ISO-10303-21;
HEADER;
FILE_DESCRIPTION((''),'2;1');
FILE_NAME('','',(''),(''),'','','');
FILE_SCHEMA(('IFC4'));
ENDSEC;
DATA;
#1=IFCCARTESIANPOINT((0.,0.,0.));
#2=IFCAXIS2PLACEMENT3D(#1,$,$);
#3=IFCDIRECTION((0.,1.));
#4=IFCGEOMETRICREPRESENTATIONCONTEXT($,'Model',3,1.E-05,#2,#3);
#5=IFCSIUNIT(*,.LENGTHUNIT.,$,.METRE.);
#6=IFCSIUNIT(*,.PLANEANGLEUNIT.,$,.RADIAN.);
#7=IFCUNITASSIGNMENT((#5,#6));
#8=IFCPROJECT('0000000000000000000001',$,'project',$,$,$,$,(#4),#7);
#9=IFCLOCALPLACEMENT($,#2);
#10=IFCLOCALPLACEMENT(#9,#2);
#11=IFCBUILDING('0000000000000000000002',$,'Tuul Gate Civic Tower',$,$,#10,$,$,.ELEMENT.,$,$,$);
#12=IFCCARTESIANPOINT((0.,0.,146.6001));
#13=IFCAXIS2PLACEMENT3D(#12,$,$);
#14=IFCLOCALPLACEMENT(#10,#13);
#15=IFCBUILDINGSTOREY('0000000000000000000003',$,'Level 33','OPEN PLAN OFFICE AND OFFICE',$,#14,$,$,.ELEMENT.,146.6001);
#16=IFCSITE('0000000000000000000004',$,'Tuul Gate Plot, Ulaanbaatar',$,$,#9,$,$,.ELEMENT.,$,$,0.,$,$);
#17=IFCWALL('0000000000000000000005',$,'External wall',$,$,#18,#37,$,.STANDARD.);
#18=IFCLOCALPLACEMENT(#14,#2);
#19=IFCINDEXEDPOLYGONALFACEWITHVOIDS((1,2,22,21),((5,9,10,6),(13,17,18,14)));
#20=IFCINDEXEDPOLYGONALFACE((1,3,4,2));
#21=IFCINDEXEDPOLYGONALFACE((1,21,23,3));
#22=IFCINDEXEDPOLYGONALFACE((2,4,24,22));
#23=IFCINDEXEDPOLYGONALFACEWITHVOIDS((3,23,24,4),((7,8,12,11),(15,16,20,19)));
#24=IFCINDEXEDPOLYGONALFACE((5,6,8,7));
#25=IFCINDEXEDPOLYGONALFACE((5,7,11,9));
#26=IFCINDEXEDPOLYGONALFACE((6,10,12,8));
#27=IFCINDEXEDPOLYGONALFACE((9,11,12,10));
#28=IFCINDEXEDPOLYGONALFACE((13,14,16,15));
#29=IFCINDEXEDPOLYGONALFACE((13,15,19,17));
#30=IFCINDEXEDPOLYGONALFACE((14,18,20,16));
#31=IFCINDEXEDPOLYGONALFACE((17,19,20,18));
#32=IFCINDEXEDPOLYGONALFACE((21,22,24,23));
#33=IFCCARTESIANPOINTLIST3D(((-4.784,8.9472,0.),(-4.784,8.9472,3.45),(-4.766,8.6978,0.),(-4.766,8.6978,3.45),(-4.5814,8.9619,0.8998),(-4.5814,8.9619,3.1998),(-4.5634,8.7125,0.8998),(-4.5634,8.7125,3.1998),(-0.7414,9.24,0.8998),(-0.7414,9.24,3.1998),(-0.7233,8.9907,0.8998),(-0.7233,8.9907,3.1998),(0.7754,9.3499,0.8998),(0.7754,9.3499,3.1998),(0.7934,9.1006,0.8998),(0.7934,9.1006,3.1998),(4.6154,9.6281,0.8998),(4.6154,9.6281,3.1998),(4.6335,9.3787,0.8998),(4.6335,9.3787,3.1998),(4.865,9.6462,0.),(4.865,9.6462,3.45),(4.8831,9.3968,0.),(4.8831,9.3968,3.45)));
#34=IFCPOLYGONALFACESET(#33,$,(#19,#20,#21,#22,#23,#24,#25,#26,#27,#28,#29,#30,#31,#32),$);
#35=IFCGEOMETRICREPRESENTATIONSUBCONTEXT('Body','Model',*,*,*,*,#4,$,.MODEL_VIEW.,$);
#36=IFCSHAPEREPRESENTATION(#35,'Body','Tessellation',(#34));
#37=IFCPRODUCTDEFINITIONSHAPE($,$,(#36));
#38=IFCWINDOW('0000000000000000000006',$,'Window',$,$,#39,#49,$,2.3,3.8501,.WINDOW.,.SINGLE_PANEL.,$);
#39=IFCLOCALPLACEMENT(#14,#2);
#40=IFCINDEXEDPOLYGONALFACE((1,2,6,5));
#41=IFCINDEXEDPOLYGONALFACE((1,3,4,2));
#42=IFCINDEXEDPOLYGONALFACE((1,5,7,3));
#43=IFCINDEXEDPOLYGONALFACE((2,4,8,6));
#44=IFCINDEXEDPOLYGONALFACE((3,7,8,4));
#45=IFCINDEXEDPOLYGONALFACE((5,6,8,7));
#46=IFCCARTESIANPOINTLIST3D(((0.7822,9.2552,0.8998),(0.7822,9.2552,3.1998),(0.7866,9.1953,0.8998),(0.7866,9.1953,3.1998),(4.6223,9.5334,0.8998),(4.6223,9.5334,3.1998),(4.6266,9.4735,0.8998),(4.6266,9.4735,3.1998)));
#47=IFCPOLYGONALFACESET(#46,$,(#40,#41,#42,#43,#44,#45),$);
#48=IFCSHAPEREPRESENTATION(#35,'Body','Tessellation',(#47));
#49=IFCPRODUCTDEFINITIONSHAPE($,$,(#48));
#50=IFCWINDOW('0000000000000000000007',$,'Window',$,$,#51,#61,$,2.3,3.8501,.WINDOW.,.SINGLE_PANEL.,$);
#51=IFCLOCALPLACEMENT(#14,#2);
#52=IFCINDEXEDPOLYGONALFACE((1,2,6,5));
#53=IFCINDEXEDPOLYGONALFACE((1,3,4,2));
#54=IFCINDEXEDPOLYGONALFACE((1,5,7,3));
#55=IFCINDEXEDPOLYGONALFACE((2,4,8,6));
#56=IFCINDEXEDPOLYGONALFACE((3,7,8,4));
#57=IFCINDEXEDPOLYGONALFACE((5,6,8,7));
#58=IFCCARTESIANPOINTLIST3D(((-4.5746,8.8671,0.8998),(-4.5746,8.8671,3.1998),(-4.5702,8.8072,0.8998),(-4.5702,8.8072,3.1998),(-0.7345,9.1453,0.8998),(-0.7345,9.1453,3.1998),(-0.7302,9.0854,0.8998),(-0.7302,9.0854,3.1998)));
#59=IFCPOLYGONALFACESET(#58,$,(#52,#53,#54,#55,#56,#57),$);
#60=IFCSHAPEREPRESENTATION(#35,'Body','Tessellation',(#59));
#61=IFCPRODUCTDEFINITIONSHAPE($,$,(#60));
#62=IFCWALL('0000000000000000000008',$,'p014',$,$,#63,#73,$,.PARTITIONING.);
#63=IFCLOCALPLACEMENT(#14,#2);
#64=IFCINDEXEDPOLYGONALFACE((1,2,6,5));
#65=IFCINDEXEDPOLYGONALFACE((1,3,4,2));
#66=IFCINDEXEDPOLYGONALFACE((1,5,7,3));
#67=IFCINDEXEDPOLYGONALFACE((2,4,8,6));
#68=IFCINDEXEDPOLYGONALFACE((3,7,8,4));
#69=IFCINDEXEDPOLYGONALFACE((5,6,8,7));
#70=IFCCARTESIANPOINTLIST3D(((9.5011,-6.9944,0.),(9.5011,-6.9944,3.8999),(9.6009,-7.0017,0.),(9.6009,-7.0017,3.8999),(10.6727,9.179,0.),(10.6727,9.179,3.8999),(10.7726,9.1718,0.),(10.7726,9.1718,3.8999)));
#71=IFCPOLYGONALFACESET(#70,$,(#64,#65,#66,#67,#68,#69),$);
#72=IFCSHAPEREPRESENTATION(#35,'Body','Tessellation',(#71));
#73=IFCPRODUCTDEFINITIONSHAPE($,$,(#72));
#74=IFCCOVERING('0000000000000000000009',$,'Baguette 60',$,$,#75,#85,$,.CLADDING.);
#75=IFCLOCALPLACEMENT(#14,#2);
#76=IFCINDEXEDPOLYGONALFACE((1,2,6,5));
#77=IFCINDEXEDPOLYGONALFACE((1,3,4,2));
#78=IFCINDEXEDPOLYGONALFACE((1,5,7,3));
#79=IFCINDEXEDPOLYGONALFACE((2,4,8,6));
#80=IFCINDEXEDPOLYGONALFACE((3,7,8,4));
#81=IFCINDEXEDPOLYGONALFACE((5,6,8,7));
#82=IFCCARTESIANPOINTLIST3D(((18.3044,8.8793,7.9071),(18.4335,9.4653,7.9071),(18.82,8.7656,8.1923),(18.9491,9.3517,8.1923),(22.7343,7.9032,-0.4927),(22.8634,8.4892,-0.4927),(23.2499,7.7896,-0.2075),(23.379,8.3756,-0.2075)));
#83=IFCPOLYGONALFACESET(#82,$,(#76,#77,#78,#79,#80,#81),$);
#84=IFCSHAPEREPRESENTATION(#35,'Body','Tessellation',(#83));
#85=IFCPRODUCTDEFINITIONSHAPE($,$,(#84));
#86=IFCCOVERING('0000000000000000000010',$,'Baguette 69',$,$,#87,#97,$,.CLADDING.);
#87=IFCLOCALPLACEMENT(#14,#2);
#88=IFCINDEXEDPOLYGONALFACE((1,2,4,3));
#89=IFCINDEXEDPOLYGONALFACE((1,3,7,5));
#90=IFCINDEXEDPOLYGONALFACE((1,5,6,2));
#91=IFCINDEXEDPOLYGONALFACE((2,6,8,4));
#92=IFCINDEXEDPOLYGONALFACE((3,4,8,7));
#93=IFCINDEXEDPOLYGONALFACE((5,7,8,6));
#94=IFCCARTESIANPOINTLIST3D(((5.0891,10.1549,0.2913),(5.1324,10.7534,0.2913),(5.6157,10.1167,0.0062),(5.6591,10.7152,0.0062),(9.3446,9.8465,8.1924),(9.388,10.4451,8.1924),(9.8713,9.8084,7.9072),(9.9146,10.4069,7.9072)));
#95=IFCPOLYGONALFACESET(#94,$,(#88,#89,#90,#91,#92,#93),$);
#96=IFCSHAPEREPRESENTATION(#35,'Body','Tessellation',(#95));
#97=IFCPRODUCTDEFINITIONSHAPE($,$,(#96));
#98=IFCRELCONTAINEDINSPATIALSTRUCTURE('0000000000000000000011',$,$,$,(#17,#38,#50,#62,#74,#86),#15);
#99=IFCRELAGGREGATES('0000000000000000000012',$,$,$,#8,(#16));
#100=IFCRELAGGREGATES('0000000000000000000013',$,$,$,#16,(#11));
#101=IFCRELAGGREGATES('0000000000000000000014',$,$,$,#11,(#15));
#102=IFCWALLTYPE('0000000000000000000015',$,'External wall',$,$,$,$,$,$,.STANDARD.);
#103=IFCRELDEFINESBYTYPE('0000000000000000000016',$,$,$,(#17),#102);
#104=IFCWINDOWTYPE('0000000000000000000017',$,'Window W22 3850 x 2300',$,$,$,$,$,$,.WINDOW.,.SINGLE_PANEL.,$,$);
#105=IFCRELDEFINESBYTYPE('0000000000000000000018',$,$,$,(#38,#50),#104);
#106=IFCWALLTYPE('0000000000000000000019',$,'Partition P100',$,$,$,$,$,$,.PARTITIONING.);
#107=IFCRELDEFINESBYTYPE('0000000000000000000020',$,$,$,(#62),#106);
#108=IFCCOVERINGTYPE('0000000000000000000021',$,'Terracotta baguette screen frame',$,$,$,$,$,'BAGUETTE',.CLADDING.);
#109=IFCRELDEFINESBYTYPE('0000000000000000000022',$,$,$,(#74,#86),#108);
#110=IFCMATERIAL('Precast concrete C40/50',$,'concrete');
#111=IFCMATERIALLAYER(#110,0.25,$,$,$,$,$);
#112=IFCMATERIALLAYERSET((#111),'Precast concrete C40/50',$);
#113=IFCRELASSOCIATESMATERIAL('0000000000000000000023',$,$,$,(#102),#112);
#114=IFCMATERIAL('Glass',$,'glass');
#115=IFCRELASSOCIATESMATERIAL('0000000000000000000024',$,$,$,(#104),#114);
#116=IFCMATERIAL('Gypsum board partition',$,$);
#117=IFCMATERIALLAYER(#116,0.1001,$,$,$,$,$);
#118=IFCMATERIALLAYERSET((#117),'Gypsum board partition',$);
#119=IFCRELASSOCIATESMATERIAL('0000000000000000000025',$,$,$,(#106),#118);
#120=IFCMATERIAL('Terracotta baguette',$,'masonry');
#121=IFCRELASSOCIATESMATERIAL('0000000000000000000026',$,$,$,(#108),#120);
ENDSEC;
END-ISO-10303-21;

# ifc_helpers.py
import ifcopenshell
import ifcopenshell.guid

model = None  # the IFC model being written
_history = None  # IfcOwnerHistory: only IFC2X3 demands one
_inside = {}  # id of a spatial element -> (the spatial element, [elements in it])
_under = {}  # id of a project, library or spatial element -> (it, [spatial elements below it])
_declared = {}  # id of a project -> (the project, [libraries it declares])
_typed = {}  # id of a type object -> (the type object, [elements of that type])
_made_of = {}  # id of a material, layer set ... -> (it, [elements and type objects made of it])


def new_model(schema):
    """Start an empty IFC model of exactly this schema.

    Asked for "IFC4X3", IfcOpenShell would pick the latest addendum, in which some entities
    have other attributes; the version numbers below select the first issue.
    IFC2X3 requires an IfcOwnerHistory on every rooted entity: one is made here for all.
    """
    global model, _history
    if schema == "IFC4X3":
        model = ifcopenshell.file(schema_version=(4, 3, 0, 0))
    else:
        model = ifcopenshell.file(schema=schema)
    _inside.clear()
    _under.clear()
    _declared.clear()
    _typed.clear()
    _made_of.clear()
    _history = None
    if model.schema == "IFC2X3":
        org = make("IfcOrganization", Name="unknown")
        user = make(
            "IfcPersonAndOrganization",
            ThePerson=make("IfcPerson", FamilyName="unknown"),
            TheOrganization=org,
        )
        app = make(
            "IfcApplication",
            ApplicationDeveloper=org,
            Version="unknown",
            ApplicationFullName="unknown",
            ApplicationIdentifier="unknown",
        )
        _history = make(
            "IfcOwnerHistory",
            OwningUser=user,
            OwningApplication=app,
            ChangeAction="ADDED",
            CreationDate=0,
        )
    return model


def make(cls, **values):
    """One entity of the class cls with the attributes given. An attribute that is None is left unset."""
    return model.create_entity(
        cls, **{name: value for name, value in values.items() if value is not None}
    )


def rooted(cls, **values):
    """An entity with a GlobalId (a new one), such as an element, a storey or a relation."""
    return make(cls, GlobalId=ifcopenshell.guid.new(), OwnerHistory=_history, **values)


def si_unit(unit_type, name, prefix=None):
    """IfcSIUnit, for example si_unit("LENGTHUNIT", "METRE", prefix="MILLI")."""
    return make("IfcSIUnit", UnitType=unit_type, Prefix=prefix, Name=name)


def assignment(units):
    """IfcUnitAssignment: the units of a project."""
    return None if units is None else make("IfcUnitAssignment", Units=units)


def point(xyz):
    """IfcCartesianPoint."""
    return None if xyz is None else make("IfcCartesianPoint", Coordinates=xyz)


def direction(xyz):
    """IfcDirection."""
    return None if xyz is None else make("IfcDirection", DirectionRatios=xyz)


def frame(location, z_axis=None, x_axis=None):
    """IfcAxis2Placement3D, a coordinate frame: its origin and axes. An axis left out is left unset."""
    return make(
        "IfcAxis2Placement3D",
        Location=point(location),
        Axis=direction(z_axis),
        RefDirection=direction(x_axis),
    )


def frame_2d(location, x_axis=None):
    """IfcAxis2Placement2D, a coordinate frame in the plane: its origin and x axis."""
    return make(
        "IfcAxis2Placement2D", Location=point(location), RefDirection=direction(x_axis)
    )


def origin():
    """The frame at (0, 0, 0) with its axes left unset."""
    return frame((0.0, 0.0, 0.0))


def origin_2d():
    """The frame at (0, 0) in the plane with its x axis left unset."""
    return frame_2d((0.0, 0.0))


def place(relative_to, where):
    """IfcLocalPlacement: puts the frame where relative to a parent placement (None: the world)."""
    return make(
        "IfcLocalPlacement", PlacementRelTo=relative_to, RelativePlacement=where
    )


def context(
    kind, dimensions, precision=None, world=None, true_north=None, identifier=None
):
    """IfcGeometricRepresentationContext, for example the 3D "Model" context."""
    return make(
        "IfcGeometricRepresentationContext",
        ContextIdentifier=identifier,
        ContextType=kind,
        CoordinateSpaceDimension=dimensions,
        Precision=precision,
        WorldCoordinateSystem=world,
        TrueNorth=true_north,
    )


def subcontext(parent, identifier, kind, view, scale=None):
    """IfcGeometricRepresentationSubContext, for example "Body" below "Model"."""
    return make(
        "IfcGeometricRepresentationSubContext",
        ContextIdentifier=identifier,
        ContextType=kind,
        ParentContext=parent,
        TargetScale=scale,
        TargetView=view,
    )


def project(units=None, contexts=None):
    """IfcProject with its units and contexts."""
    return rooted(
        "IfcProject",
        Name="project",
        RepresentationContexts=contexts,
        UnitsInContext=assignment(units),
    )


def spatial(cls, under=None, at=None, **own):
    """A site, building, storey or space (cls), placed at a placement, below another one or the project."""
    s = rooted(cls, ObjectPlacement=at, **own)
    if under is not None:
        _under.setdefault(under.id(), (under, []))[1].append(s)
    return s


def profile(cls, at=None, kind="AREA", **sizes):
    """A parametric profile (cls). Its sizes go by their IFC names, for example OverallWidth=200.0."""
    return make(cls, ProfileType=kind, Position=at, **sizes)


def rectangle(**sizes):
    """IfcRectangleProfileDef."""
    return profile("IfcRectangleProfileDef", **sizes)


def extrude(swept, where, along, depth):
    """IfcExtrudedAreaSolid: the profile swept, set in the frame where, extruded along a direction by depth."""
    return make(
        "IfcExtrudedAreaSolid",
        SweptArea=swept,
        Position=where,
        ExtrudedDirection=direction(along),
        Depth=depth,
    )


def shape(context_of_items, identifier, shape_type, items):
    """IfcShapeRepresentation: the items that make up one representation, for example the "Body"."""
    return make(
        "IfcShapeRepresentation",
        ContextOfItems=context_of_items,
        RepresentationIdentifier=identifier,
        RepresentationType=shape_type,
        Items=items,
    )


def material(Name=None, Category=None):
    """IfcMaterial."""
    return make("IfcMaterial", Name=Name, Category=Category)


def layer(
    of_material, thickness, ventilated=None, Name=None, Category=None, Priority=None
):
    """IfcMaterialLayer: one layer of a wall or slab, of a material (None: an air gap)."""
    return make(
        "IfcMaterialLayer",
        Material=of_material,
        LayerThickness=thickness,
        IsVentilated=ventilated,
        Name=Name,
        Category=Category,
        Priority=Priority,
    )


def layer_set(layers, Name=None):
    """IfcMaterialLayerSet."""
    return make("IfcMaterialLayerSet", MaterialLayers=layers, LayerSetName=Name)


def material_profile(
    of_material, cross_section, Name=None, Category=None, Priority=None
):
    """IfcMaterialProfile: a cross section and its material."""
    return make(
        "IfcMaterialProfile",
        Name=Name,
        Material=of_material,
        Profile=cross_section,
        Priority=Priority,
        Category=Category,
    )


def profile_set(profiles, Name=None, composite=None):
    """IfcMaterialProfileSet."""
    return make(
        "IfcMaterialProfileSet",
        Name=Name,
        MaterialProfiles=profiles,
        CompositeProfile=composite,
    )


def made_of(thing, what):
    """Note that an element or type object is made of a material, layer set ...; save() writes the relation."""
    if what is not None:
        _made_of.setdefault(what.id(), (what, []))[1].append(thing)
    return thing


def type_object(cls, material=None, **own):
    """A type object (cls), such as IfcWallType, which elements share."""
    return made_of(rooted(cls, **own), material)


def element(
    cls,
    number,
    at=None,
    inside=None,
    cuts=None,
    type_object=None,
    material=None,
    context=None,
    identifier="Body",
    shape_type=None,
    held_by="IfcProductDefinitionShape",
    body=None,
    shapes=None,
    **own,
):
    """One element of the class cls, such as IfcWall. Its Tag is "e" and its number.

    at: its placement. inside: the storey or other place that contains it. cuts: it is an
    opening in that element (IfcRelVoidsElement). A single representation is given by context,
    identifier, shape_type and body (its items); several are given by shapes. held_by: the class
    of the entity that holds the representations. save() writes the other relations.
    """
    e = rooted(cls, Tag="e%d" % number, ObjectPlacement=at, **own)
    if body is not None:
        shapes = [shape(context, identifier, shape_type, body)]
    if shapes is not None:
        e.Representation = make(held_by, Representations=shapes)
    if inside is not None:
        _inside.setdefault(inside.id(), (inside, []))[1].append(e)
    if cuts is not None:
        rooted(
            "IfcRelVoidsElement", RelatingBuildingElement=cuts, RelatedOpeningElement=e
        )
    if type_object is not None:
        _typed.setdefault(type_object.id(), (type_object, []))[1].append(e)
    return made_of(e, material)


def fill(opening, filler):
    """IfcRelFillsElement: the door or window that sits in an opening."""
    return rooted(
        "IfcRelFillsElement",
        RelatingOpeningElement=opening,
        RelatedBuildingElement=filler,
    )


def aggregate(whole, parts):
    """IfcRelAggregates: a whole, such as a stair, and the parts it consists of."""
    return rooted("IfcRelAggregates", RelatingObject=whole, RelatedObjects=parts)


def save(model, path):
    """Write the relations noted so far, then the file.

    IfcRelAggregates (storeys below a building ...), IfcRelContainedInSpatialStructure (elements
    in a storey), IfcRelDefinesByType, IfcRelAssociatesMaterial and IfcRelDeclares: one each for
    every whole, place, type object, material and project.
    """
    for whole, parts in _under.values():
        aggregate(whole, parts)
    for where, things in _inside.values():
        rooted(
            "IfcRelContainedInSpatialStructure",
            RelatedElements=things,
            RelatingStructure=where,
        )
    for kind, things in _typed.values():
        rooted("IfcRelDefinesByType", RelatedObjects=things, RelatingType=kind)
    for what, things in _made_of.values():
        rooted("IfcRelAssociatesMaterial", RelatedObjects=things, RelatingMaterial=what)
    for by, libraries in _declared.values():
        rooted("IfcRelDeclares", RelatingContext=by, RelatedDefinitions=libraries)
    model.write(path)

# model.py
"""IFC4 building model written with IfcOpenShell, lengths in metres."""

from ifc_helpers import new_model, si_unit, direction, frame, frame_2d, origin, origin_2d, place, context, subcontext, project, spatial, rectangle, extrude, material, layer, layer_set, material_profile, profile_set, type_object, element, fill, save


model = new_model("IFC4")

# Units and contexts
model_context = context("Model", 3, precision=1e-05, world=origin(), true_north=direction((0.0, 1.0)))
body_context = subcontext(model_context, "Body", "Model", "MODEL_VIEW")
ifc_project = project(units=[si_unit("LENGTHUNIT", "METRE"), si_unit("PLANEANGLEUNIT", "RADIAN")], contexts=[model_context])

# Site, building, storey
site_placement = place(None, origin())
site = spatial("IfcSite", under=ifc_project, at=site_placement, Name="Tuul Gate Plot, Ulaanbaatar", CompositionType="ELEMENT", RefElevation=0.0)
building_placement = place(site_placement, origin())
building = spatial("IfcBuilding", under=site, at=building_placement, Name="Tuul Gate Civic Tower", CompositionType="ELEMENT")
storey_placement = place(building_placement, frame((0.0, 0.0, 146.6001)))
storey = spatial("IfcBuildingStorey", under=building, at=storey_placement, Name="Level 33", Description="OPEN PLAN OFFICE AND OFFICE", CompositionType="ELEMENT", Elevation=146.6001)

# Wall, openings, windows
ifc_material_1 = material(Name="Precast concrete C40/50", Category="concrete")
ifc_layer_1 = layer(ifc_material_1, 0.25)
ifc_layer_set_1 = layer_set([ifc_layer_1], Name="Precast concrete C40/50")
wall_type_1 = type_object("IfcWallType", Name="External wall", PredefinedType="STANDARD", material=ifc_layer_set_1)
ifc_material_2 = material(Name="Glass", Category="glass")
window_type = type_object("IfcWindowType", Name="Window W22 3850 x 2300", PartitioningType="SINGLE_PANEL", PredefinedType="WINDOW", material=ifc_material_2)
wall_1_placement = place(storey_placement, frame((4.874, 9.5215, 0.0), z_axis=(0.0, 0.0, 1.0), x_axis=(-0.997386, -0.072251, 0.0)))
wall_1 = element("IfcWall", 1, at=wall_1_placement, inside=storey, type_object=wall_type_1, Name="External wall", PredefinedType="STANDARD", context=body_context, shape_type="SweptSolid", body=[
    extrude(rectangle(XDim=9.6743, YDim=0.25, at=frame_2d((4.8372, 0.0))), origin(), (0.0, 0.0, 1.0), 3.45),
])
opening_1_placement = place(wall_1_placement, frame((0.2502, 0.0, 0.8999)))
opening_1 = element("IfcOpeningElement", 2, at=opening_1_placement, cuts=wall_1, PredefinedType="OPENING", context=body_context, shape_type="SweptSolid", body=[
    extrude(rectangle(XDim=3.8501, YDim=2.3, at=frame_2d((1.925, 1.1499))), frame((0.0, 0.135, 0.0), z_axis=(0.0, -1.0, 0.0), x_axis=(1.0, 0.0, 0.0)), (0.0, 0.0, 1.0), 0.27),
])
opening_2_placement = place(wall_1_placement, frame((5.6211, 0.0, 0.8999)))
opening_2 = element("IfcOpeningElement", 3, at=opening_2_placement, cuts=wall_1, PredefinedType="OPENING", context=body_context, shape_type="SweptSolid", body=[
    extrude(rectangle(XDim=3.8501, YDim=2.3, at=frame_2d((1.925, 1.1499))), frame((0.0, 0.135, 0.0), z_axis=(0.0, -1.0, 0.0), x_axis=(1.0, 0.0, 0.0)), (0.0, 0.0, 1.0), 0.27),
])
window_1_placement = place(opening_1_placement, origin())
window_1 = element("IfcWindow", 4, at=window_1_placement, inside=storey, type_object=window_type, Name="Window", OverallHeight=2.3, OverallWidth=3.8501, PartitioningType="SINGLE_PANEL", PredefinedType="WINDOW", context=body_context, shape_type="SweptSolid", body=[
    extrude(rectangle(XDim=3.8501, YDim=2.3, at=frame_2d((1.925, 1.1499))), frame((0.0, 0.03, 0.0), z_axis=(0.0, -1.0, 0.0), x_axis=(1.0, 0.0, 0.0)), (0.0, 0.0, 1.0), 0.0601),
])
fill(opening_1, window_1)
window_2_placement = place(opening_2_placement, origin())
window_2 = element("IfcWindow", 5, at=window_2_placement, inside=storey, type_object=window_type, Name="Window", OverallHeight=2.3, OverallWidth=3.8501, PartitioningType="SINGLE_PANEL", PredefinedType="WINDOW", context=body_context, shape_type="SweptSolid", body=[
    extrude(rectangle(XDim=3.8501, YDim=2.3, at=frame_2d((1.925, 1.1499))), frame((0.0, 0.03, 0.0), z_axis=(0.0, -1.0, 0.0), x_axis=(1.0, 0.0, 0.0)), (0.0, 0.0, 1.0), 0.0601),
])
fill(opening_2, window_2)

# Wall
ifc_material_3 = material(Name="Gypsum board partition")
ifc_layer_2 = layer(ifc_material_3, 0.1001)
ifc_layer_set_2 = layer_set([ifc_layer_2], Name="Gypsum board partition")
wall_type_2 = type_object("IfcWallType", Name="Partition P100", PredefinedType="PARTITIONING", material=ifc_layer_set_2)
wall_2_placement = place(storey_placement, frame((9.551, -6.998, 0.0), z_axis=(0.0, 0.0, 1.0), x_axis=(0.072253, 0.997386, 0.0)))
element("IfcWall", 6, at=wall_2_placement, inside=storey, type_object=wall_type_2, Name="p014", PredefinedType="PARTITIONING", context=body_context, shape_type="SweptSolid", body=[
    extrude(rectangle(XDim=16.2158, YDim=0.1001, at=frame_2d((8.1079, 0.0))), origin(), (0.0, 0.0, 1.0), 3.8999),
])

# Coverings
ifc_material_4 = material(Name="Terracotta baguette", Category="masonry")
ifc_material_profile_1 = material_profile(ifc_material_4, rectangle(XDim=0.6001, YDim=0.6001, at=origin_2d()), Name="Terracotta baguette screen frame")
ifc_profile_set_1 = profile_set([ifc_material_profile_1], Name="Terracotta baguette")
covering_type = type_object("IfcCoveringType", Name="Terracotta baguette screen frame", ElementType="BAGUETTE", PredefinedType="CLADDING", material=ifc_profile_set_1)
covering_1_placement = place(storey_placement, frame((23.0566, 8.1394, -0.3501), z_axis=(-0.464038, 0.102244, 0.879895), x_axis=(-0.215175, -0.976576, 0.0)))
element("IfcCovering", 7, at=covering_1_placement, inside=storey, type_object=covering_type, Name="Baguette 60", PredefinedType="CLADDING", context=body_context, shape_type="SweptSolid", body=[
    extrude(rectangle(XDim=0.6001, YDim=0.6001, at=origin_2d()), origin(), (0.0, 0.0, 1.0), 9.5464),
])
covering_2_placement = place(storey_placement, frame((9.6296, 10.1267, 8.0498), z_axis=(-0.473921, 0.034339, -0.879898), x_axis=(-0.072268, -0.997385, 0.0)))
element("IfcCovering", 8, at=covering_2_placement, inside=storey, type_object=covering_type, Name="Baguette 69", PredefinedType="CLADDING", context=body_context, shape_type="SweptSolid", body=[
    extrude(rectangle(XDim=0.6001, YDim=0.6001, at=origin_2d()), origin(), (0.0, 0.0, 1.0), 8.9795),
])

save(model, "model.ifc")
